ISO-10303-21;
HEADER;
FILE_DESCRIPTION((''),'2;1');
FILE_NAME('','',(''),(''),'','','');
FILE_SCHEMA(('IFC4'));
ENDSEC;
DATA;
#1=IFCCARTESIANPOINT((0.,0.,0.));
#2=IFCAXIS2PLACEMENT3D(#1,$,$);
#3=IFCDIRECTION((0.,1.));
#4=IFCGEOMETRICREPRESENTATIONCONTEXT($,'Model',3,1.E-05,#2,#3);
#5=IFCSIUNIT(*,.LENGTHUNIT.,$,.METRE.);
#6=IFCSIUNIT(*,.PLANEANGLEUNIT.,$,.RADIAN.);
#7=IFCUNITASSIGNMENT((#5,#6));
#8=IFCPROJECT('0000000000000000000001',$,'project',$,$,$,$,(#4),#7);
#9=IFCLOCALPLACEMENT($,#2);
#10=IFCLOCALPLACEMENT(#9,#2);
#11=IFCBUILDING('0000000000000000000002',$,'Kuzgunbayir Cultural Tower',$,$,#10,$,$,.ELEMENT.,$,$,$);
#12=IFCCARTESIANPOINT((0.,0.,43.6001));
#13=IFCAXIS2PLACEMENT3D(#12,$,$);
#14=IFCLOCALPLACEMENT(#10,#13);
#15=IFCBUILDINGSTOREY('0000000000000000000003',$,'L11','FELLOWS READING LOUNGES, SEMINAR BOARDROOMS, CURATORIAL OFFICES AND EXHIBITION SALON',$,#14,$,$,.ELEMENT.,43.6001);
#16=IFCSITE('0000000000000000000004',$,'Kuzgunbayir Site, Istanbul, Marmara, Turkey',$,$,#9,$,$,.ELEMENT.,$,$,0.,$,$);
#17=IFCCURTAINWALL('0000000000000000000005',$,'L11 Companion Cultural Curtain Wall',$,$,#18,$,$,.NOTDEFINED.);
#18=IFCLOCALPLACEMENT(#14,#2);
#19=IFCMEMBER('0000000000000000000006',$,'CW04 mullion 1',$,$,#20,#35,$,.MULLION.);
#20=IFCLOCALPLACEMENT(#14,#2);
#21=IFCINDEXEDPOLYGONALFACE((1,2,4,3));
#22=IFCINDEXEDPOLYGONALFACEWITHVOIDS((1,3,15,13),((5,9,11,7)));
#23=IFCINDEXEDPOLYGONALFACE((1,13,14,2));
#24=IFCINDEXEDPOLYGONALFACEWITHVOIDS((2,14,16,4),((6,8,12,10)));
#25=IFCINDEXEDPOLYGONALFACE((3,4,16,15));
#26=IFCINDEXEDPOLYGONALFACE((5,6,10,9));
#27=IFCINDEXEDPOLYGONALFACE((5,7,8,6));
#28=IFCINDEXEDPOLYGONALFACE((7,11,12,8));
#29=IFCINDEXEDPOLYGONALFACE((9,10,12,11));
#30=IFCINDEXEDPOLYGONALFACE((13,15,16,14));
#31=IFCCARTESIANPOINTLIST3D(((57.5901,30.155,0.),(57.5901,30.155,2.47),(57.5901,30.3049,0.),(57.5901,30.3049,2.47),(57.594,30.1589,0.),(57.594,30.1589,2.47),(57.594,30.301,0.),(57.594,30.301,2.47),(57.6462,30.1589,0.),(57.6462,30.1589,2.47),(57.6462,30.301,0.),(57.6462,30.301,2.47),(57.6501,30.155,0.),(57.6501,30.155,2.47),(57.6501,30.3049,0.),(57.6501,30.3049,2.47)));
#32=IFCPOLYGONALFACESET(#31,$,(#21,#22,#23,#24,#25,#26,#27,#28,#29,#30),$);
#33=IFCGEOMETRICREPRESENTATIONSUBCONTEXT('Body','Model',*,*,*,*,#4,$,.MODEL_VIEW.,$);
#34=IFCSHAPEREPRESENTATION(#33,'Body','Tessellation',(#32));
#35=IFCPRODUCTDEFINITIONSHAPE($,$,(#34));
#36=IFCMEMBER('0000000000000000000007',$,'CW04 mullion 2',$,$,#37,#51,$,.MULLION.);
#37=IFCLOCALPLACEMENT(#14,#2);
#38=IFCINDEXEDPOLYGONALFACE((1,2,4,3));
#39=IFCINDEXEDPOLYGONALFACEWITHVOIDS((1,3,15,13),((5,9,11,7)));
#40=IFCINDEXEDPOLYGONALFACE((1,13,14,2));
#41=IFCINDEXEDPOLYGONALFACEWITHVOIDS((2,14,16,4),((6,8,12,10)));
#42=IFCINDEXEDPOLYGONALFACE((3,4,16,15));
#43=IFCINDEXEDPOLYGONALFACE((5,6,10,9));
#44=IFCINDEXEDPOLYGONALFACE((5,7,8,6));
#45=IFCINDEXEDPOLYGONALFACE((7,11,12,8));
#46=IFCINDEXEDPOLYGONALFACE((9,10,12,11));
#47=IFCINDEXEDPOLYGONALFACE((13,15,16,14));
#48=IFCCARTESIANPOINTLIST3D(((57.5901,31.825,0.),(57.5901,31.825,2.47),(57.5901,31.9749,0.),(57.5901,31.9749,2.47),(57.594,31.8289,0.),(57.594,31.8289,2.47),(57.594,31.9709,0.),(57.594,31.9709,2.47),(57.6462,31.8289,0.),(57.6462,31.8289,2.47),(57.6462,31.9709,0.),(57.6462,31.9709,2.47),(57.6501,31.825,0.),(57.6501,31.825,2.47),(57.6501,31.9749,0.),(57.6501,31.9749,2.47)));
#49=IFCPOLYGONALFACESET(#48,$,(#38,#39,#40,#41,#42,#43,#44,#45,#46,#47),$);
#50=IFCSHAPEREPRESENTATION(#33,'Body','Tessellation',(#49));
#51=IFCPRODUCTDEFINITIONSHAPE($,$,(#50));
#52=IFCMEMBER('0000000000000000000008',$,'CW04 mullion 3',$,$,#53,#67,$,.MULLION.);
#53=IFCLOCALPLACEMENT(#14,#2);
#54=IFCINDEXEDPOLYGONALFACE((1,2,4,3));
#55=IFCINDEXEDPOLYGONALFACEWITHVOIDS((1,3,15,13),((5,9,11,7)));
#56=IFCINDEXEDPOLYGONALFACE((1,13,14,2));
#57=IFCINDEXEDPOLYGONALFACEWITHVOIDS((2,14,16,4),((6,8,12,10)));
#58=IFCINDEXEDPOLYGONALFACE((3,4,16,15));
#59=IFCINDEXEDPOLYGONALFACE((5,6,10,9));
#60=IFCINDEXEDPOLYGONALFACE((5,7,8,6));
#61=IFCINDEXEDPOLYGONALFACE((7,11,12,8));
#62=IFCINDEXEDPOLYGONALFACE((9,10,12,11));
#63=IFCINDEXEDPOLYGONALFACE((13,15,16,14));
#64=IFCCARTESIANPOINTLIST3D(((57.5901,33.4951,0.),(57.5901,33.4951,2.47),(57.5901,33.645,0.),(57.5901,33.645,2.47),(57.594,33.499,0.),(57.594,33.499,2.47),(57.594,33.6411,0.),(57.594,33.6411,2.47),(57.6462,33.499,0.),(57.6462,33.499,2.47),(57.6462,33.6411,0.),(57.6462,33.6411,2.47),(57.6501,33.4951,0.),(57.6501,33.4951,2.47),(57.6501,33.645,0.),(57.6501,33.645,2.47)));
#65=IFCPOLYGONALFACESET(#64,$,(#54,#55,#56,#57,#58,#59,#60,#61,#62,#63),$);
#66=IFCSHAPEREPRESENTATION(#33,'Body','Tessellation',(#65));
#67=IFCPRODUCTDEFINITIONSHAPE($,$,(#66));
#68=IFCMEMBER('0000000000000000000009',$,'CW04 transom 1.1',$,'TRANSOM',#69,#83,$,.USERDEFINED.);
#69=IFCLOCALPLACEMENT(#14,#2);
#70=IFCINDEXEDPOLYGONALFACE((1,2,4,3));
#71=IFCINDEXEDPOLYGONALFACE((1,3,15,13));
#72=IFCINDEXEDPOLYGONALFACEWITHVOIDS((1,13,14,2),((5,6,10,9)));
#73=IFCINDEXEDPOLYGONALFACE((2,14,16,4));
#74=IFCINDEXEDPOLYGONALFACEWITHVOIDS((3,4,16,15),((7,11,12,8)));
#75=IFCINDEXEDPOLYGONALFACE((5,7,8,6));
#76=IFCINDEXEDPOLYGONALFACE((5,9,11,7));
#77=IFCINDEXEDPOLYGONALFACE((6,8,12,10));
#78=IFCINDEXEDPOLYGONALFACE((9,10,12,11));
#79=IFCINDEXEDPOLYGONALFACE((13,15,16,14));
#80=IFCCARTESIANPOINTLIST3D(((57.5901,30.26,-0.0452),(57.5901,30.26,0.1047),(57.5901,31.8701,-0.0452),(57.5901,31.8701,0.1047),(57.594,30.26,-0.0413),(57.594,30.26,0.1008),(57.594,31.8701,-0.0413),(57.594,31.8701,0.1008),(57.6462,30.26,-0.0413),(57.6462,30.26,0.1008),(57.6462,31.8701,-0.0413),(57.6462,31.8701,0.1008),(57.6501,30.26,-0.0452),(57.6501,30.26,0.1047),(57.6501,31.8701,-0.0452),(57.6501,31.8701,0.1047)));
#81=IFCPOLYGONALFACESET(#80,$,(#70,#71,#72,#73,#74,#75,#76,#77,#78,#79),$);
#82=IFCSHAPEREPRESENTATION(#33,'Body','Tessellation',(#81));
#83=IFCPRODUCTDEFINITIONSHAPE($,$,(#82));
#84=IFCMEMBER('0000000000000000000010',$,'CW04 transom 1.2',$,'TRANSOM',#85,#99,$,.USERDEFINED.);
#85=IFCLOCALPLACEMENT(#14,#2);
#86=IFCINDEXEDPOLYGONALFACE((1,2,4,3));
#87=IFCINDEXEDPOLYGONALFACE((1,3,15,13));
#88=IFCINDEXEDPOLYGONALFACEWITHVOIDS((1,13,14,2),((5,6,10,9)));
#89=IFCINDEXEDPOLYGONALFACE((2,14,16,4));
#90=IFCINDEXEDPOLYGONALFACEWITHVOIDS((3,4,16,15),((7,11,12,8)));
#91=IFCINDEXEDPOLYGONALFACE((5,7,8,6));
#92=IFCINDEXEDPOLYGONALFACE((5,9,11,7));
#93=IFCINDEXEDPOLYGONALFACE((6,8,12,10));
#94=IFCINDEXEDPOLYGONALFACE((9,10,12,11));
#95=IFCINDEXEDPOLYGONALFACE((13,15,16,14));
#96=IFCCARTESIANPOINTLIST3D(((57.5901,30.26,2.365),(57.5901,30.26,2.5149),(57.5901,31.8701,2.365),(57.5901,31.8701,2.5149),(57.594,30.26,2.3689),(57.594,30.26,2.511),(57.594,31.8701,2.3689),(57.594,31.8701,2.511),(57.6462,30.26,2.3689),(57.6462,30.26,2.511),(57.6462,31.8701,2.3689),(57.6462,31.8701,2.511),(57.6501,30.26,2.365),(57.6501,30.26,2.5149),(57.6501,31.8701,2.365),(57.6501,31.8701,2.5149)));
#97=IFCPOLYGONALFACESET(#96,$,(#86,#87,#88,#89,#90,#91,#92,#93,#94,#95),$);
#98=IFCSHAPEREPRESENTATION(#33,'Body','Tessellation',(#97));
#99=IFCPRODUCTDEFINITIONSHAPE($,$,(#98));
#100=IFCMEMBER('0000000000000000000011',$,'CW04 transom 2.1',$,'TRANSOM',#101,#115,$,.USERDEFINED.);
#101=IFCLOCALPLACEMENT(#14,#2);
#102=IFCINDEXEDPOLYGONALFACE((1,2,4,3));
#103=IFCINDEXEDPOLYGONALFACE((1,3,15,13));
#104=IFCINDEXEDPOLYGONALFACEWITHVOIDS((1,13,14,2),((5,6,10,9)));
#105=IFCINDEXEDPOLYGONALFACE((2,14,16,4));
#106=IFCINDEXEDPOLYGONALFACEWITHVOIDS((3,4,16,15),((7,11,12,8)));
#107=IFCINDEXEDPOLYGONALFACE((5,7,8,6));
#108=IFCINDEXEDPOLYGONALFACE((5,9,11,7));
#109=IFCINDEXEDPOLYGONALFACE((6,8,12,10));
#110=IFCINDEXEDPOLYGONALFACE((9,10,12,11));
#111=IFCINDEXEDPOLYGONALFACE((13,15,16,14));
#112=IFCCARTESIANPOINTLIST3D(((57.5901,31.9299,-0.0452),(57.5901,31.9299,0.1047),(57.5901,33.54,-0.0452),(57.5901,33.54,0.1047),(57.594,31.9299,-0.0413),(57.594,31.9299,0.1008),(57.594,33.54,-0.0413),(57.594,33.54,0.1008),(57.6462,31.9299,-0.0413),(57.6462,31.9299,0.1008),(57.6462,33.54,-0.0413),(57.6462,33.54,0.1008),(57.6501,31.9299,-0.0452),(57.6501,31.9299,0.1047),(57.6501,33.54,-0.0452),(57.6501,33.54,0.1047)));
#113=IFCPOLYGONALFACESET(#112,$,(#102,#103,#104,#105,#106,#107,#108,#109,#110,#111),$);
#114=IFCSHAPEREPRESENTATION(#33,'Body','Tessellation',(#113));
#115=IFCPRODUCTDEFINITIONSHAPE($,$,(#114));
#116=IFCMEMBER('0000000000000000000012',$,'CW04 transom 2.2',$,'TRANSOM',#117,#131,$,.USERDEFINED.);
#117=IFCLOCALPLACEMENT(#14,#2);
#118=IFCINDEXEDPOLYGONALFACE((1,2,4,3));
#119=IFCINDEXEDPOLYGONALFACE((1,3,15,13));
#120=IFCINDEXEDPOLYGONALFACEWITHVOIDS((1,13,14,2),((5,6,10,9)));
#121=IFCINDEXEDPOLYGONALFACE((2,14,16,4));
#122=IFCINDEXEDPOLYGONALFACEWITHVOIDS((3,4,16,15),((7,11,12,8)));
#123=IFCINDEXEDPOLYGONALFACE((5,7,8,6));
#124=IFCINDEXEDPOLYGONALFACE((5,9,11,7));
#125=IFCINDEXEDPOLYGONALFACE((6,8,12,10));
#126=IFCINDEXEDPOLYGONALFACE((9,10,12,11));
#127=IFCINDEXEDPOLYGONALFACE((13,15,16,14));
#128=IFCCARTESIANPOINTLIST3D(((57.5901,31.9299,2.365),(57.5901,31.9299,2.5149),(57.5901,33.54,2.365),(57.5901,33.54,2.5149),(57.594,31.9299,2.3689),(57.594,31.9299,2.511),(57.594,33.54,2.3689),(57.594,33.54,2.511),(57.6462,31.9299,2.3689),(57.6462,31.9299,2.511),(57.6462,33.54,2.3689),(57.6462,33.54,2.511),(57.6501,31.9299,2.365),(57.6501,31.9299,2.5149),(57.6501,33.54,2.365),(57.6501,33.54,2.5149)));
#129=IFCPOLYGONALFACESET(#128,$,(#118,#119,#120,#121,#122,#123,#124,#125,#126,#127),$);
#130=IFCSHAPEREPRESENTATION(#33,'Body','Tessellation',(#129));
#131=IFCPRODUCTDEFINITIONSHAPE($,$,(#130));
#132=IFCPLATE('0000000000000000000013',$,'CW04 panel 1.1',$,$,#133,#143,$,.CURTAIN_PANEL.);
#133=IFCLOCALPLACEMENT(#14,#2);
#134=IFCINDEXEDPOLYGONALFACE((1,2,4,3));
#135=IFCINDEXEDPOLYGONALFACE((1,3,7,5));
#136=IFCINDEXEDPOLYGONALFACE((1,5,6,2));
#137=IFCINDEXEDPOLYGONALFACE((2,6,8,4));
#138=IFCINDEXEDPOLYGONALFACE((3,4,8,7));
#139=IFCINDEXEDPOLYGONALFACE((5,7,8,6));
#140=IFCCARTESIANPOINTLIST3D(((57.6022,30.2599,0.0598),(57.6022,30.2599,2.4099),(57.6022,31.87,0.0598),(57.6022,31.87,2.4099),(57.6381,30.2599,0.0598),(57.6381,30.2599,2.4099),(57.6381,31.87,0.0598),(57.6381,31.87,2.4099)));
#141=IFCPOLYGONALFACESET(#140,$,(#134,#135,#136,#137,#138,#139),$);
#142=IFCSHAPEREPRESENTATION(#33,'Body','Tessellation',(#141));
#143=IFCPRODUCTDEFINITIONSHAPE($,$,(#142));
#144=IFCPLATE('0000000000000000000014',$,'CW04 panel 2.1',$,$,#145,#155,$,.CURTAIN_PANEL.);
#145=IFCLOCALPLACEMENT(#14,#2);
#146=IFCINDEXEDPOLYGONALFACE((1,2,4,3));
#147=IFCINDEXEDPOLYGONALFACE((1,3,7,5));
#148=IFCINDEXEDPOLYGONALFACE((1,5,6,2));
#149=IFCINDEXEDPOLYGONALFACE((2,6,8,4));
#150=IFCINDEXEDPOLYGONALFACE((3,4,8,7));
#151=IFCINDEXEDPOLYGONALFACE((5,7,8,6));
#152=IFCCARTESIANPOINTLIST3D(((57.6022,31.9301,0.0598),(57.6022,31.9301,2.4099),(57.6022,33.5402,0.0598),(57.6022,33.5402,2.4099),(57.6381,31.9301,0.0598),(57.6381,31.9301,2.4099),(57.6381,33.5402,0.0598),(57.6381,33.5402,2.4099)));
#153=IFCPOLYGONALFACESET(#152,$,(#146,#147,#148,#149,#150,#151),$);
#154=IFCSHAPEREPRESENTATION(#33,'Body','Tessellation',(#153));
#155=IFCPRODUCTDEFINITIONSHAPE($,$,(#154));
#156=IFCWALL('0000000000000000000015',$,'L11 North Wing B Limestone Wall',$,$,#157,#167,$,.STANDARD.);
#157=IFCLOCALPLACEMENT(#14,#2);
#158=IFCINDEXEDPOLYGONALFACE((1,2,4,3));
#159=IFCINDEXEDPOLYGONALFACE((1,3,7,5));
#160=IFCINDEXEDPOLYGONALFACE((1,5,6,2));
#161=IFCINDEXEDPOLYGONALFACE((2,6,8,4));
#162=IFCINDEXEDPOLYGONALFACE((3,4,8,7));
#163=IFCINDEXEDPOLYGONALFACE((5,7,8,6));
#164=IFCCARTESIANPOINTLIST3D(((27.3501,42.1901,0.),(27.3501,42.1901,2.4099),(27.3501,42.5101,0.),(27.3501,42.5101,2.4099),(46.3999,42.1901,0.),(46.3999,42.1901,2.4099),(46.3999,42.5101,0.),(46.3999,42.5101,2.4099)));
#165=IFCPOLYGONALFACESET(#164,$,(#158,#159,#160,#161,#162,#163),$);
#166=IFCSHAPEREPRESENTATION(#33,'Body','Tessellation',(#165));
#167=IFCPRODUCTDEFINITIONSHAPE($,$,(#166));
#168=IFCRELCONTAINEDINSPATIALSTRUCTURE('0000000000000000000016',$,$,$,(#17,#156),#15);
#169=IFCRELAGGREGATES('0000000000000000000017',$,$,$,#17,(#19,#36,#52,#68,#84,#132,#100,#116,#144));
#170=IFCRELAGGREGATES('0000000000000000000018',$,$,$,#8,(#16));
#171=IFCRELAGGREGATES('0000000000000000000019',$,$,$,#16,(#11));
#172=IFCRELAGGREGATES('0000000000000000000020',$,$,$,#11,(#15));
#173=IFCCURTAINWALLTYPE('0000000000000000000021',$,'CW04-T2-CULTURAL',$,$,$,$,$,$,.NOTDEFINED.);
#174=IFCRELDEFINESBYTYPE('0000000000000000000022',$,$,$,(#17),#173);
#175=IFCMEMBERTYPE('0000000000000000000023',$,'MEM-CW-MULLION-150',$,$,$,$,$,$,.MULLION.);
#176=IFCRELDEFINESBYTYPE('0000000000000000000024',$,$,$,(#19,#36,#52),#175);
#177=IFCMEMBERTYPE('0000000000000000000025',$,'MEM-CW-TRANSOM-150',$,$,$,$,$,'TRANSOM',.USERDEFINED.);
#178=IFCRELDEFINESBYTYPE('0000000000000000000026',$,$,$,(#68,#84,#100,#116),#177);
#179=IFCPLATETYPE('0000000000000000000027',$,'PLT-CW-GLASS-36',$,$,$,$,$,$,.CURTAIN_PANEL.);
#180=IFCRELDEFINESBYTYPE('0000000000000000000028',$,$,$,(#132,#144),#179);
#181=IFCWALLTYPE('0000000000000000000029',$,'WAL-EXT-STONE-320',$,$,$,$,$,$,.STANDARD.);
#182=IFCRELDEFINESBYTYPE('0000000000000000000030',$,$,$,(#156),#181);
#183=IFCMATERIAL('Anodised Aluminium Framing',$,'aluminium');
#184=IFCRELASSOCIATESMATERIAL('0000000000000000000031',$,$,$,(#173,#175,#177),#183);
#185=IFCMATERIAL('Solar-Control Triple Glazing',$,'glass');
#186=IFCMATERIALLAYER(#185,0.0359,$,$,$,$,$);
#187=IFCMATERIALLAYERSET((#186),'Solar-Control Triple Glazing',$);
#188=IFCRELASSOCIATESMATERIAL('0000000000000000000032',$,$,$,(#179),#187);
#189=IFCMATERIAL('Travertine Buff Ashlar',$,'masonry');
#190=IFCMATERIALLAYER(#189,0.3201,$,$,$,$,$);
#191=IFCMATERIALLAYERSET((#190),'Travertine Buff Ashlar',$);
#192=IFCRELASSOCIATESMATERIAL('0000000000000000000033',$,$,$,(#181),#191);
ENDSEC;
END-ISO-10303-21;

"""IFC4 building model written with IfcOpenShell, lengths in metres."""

from ifc_helpers import new_model, si_unit, direction, frame, frame_2d, origin, origin_2d, place, context, subcontext, project, spatial, rectangle, hollow_rectangle, extrude, material, layer, layer_set, material_profile, profile_set, type_object, element, aggregate, save


model = new_model("IFC4")

# Units and contexts
model_context = context("Model", 3, precision=1e-05, world=origin(), true_north=direction((0.0, 1.0)))
body_context = subcontext(model_context, "Body", "Model", "MODEL_VIEW")
ifc_project = project(units=[si_unit("LENGTHUNIT", "METRE"), si_unit("PLANEANGLEUNIT", "RADIAN")], contexts=[model_context])

# Site, building, storey
site_placement = place(None, origin())
site = spatial("IfcSite", under=ifc_project, at=site_placement, Name="Kuzgunbayir Site, Istanbul, Marmara, Turkey", CompositionType="ELEMENT", RefElevation=0.0)
building_placement = place(site_placement, origin())
building = spatial("IfcBuilding", under=site, at=building_placement, Name="Kuzgunbayir Cultural Tower", CompositionType="ELEMENT")
storey_placement = place(building_placement, frame((0.0, 0.0, 43.6001)))
storey = spatial("IfcBuildingStorey", under=building, at=storey_placement, Name="L11", Description="FELLOWS READING LOUNGES, SEMINAR BOARDROOMS, CURATORIAL OFFICES AND EXHIBITION SALON", CompositionType="ELEMENT", Elevation=43.6001)

# Curtain wall, members, plates
ifc_material_1 = material(Name="Anodised Aluminium Framing", Category="aluminium")
curtain_wall_type = type_object("IfcCurtainWallType", Name="CW04-T2-CULTURAL", PredefinedType="NOTDEFINED", material=ifc_material_1)
curtain_wall_placement = place(storey_placement, origin())
curtain_wall = element("IfcCurtainWall", 1, at=curtain_wall_placement, inside=storey, type_object=curtain_wall_type, Name="L11 Companion Cultural Curtain Wall", PredefinedType="NOTDEFINED")
ifc_material_profile_1 = material_profile(ifc_material_1, hollow_rectangle(XDim=0.0601, YDim=0.1499, WallThickness=0.0039, at=origin_2d()), Name="RHS 150x60x4")
ifc_profile_set_1 = profile_set([ifc_material_profile_1], Name="Anodised Aluminium Framing")
member_type_1 = type_object("IfcMemberType", Name="MEM-CW-MULLION-150", PredefinedType="MULLION", material=ifc_profile_set_1)
member_1_placement = place(storey_placement, frame((57.6201, 30.23, 0.0), z_axis=(0.0, 0.0, 1.0), x_axis=(-1.0, 0.0, 0.0)))
member_1 = element("IfcMember", 2, at=member_1_placement, type_object=member_type_1, Name="CW04 mullion 1", PredefinedType="MULLION", context=body_context, shape_type="SweptSolid", body=[
    extrude(hollow_rectangle(XDim=0.0601, YDim=0.1499, WallThickness=0.0039, at=origin_2d()), origin(), (0.0, 0.0, 1.0), 2.47),
])
member_2_placement = place(storey_placement, frame((57.6201, 31.8999, 0.0), z_axis=(0.0, 0.0, 1.0), x_axis=(-1.0, 0.0, 0.0)))
member_2 = element("IfcMember", 3, at=member_2_placement, type_object=member_type_1, Name="CW04 mullion 2", PredefinedType="MULLION", context=body_context, shape_type="SweptSolid", body=[
    extrude(hollow_rectangle(XDim=0.0601, YDim=0.1499, WallThickness=0.0039, at=origin_2d()), origin(), (0.0, 0.0, 1.0), 2.47),
])
member_3_placement = place(storey_placement, frame((57.6201, 33.5701, 0.0), z_axis=(0.0, 0.0, 1.0), x_axis=(-1.0, 0.0, 0.0)))
member_3 = element("IfcMember", 4, at=member_3_placement, type_object=member_type_1, Name="CW04 mullion 3", PredefinedType="MULLION", context=body_context, shape_type="SweptSolid", body=[
    extrude(hollow_rectangle(XDim=0.0601, YDim=0.1499, WallThickness=0.0039, at=origin_2d()), origin(), (0.0, 0.0, 1.0), 2.47),
])
ifc_material_profile_2 = material_profile(ifc_material_1, hollow_rectangle(XDim=0.0601, YDim=0.1499, WallThickness=0.0039, at=origin_2d()), Name="RHS 150x60x4")
ifc_profile_set_2 = profile_set([ifc_material_profile_2], Name="Anodised Aluminium Framing")
member_type_2 = type_object("IfcMemberType", Name="MEM-CW-TRANSOM-150", ElementType="TRANSOM", PredefinedType="USERDEFINED", material=ifc_profile_set_2)
member_4_placement = place(storey_placement, frame((57.6201, 30.26, 0.0298), z_axis=(0.0, 1.0, 0.0), x_axis=(-1.0, 0.0, 0.0)))
member_4 = element("IfcMember", 5, at=member_4_placement, type_object=member_type_2, Name="CW04 transom 1.1", ObjectType="TRANSOM", PredefinedType="USERDEFINED", context=body_context, shape_type="SweptSolid", body=[
    extrude(hollow_rectangle(XDim=0.0601, YDim=0.1499, WallThickness=0.0039, at=origin_2d()), origin(), (0.0, 0.0, 1.0), 1.6101),
])
member_5_placement = place(storey_placement, frame((57.6201, 30.26, 2.4399), z_axis=(0.0, 1.0, 0.0), x_axis=(-1.0, 0.0, 0.0)))
member_5 = element("IfcMember", 6, at=member_5_placement, type_object=member_type_2, Name="CW04 transom 1.2", ObjectType="TRANSOM", PredefinedType="USERDEFINED", context=body_context, shape_type="SweptSolid", body=[
    extrude(hollow_rectangle(XDim=0.0601, YDim=0.1499, WallThickness=0.0039, at=origin_2d()), origin(), (0.0, 0.0, 1.0), 1.6101),
])
member_6_placement = place(storey_placement, frame((57.6201, 31.9299, 0.0298), z_axis=(0.0, 1.0, 0.0), x_axis=(-1.0, 0.0, 0.0)))
member_6 = element("IfcMember", 7, at=member_6_placement, type_object=member_type_2, Name="CW04 transom 2.1", ObjectType="TRANSOM", PredefinedType="USERDEFINED", context=body_context, shape_type="SweptSolid", body=[
    extrude(hollow_rectangle(XDim=0.0601, YDim=0.1499, WallThickness=0.0039, at=origin_2d()), origin(), (0.0, 0.0, 1.0), 1.6101),
])
member_7_placement = place(storey_placement, frame((57.6201, 31.9299, 2.4399), z_axis=(0.0, 1.0, 0.0), x_axis=(-1.0, 0.0, 0.0)))
member_7 = element("IfcMember", 8, at=member_7_placement, type_object=member_type_2, Name="CW04 transom 2.2", ObjectType="TRANSOM", PredefinedType="USERDEFINED", context=body_context, shape_type="SweptSolid", body=[
    extrude(hollow_rectangle(XDim=0.0601, YDim=0.1499, WallThickness=0.0039, at=origin_2d()), origin(), (0.0, 0.0, 1.0), 1.6101),
])
ifc_material_2 = material(Name="Solar-Control Triple Glazing", Category="glass")
ifc_layer_1 = layer(ifc_material_2, 0.0359)
ifc_layer_set_1 = layer_set([ifc_layer_1], Name="Solar-Control Triple Glazing")
plate_type = type_object("IfcPlateType", Name="PLT-CW-GLASS-36", PredefinedType="CURTAIN_PANEL", material=ifc_layer_set_1)
plate_1_placement = place(storey_placement, frame((57.6201, 31.0649, 0.0598), z_axis=(0.0, 0.0, 1.0), x_axis=(0.0, 1.0, 0.0)))
plate_1 = element("IfcPlate", 9, at=plate_1_placement, type_object=plate_type, Name="CW04 panel 1.1", PredefinedType="CURTAIN_PANEL", context=body_context, shape_type="SweptSolid", body=[
    extrude(rectangle(XDim=1.6101, YDim=0.0359, at=origin_2d()), origin(), (0.0, 0.0, 1.0), 2.3501),
])
plate_2_placement = place(storey_placement, frame((57.6201, 32.7351, 0.0598), z_axis=(0.0, 0.0, 1.0), x_axis=(0.0, 1.0, 0.0)))
plate_2 = element("IfcPlate", 10, at=plate_2_placement, type_object=plate_type, Name="CW04 panel 2.1", PredefinedType="CURTAIN_PANEL", context=body_context, shape_type="SweptSolid", body=[
    extrude(rectangle(XDim=1.6101, YDim=0.0359, at=origin_2d()), origin(), (0.0, 0.0, 1.0), 2.3501),
])
aggregate(curtain_wall, [member_1, member_2, member_3, member_4, member_5, plate_1, member_6, member_7, plate_2])

# Wall
ifc_material_3 = material(Name="Travertine Buff Ashlar", Category="masonry")
ifc_layer_2 = layer(ifc_material_3, 0.3201)
ifc_layer_set_2 = layer_set([ifc_layer_2], Name="Travertine Buff Ashlar")
wall_type_1 = type_object("IfcWallType", Name="WAL-EXT-STONE-320", PredefinedType="STANDARD", material=ifc_layer_set_2)
wall_1_placement = place(storey_placement, frame((46.3999, 42.3501, 0.0), z_axis=(0.0, 0.0, 1.0), x_axis=(-1.0, 0.0, 0.0)))
element("IfcWall", 11, at=wall_1_placement, inside=storey, type_object=wall_type_1, Name="L11 North Wing B Limestone Wall", PredefinedType="STANDARD", context=body_context, shape_type="SweptSolid", body=[
    extrude(rectangle(XDim=19.0498, YDim=0.3201, at=frame_2d((9.5249, 0.0))), origin(), (0.0, 0.0, 1.0), 2.4099),
])

save(model, "model.ifc")
